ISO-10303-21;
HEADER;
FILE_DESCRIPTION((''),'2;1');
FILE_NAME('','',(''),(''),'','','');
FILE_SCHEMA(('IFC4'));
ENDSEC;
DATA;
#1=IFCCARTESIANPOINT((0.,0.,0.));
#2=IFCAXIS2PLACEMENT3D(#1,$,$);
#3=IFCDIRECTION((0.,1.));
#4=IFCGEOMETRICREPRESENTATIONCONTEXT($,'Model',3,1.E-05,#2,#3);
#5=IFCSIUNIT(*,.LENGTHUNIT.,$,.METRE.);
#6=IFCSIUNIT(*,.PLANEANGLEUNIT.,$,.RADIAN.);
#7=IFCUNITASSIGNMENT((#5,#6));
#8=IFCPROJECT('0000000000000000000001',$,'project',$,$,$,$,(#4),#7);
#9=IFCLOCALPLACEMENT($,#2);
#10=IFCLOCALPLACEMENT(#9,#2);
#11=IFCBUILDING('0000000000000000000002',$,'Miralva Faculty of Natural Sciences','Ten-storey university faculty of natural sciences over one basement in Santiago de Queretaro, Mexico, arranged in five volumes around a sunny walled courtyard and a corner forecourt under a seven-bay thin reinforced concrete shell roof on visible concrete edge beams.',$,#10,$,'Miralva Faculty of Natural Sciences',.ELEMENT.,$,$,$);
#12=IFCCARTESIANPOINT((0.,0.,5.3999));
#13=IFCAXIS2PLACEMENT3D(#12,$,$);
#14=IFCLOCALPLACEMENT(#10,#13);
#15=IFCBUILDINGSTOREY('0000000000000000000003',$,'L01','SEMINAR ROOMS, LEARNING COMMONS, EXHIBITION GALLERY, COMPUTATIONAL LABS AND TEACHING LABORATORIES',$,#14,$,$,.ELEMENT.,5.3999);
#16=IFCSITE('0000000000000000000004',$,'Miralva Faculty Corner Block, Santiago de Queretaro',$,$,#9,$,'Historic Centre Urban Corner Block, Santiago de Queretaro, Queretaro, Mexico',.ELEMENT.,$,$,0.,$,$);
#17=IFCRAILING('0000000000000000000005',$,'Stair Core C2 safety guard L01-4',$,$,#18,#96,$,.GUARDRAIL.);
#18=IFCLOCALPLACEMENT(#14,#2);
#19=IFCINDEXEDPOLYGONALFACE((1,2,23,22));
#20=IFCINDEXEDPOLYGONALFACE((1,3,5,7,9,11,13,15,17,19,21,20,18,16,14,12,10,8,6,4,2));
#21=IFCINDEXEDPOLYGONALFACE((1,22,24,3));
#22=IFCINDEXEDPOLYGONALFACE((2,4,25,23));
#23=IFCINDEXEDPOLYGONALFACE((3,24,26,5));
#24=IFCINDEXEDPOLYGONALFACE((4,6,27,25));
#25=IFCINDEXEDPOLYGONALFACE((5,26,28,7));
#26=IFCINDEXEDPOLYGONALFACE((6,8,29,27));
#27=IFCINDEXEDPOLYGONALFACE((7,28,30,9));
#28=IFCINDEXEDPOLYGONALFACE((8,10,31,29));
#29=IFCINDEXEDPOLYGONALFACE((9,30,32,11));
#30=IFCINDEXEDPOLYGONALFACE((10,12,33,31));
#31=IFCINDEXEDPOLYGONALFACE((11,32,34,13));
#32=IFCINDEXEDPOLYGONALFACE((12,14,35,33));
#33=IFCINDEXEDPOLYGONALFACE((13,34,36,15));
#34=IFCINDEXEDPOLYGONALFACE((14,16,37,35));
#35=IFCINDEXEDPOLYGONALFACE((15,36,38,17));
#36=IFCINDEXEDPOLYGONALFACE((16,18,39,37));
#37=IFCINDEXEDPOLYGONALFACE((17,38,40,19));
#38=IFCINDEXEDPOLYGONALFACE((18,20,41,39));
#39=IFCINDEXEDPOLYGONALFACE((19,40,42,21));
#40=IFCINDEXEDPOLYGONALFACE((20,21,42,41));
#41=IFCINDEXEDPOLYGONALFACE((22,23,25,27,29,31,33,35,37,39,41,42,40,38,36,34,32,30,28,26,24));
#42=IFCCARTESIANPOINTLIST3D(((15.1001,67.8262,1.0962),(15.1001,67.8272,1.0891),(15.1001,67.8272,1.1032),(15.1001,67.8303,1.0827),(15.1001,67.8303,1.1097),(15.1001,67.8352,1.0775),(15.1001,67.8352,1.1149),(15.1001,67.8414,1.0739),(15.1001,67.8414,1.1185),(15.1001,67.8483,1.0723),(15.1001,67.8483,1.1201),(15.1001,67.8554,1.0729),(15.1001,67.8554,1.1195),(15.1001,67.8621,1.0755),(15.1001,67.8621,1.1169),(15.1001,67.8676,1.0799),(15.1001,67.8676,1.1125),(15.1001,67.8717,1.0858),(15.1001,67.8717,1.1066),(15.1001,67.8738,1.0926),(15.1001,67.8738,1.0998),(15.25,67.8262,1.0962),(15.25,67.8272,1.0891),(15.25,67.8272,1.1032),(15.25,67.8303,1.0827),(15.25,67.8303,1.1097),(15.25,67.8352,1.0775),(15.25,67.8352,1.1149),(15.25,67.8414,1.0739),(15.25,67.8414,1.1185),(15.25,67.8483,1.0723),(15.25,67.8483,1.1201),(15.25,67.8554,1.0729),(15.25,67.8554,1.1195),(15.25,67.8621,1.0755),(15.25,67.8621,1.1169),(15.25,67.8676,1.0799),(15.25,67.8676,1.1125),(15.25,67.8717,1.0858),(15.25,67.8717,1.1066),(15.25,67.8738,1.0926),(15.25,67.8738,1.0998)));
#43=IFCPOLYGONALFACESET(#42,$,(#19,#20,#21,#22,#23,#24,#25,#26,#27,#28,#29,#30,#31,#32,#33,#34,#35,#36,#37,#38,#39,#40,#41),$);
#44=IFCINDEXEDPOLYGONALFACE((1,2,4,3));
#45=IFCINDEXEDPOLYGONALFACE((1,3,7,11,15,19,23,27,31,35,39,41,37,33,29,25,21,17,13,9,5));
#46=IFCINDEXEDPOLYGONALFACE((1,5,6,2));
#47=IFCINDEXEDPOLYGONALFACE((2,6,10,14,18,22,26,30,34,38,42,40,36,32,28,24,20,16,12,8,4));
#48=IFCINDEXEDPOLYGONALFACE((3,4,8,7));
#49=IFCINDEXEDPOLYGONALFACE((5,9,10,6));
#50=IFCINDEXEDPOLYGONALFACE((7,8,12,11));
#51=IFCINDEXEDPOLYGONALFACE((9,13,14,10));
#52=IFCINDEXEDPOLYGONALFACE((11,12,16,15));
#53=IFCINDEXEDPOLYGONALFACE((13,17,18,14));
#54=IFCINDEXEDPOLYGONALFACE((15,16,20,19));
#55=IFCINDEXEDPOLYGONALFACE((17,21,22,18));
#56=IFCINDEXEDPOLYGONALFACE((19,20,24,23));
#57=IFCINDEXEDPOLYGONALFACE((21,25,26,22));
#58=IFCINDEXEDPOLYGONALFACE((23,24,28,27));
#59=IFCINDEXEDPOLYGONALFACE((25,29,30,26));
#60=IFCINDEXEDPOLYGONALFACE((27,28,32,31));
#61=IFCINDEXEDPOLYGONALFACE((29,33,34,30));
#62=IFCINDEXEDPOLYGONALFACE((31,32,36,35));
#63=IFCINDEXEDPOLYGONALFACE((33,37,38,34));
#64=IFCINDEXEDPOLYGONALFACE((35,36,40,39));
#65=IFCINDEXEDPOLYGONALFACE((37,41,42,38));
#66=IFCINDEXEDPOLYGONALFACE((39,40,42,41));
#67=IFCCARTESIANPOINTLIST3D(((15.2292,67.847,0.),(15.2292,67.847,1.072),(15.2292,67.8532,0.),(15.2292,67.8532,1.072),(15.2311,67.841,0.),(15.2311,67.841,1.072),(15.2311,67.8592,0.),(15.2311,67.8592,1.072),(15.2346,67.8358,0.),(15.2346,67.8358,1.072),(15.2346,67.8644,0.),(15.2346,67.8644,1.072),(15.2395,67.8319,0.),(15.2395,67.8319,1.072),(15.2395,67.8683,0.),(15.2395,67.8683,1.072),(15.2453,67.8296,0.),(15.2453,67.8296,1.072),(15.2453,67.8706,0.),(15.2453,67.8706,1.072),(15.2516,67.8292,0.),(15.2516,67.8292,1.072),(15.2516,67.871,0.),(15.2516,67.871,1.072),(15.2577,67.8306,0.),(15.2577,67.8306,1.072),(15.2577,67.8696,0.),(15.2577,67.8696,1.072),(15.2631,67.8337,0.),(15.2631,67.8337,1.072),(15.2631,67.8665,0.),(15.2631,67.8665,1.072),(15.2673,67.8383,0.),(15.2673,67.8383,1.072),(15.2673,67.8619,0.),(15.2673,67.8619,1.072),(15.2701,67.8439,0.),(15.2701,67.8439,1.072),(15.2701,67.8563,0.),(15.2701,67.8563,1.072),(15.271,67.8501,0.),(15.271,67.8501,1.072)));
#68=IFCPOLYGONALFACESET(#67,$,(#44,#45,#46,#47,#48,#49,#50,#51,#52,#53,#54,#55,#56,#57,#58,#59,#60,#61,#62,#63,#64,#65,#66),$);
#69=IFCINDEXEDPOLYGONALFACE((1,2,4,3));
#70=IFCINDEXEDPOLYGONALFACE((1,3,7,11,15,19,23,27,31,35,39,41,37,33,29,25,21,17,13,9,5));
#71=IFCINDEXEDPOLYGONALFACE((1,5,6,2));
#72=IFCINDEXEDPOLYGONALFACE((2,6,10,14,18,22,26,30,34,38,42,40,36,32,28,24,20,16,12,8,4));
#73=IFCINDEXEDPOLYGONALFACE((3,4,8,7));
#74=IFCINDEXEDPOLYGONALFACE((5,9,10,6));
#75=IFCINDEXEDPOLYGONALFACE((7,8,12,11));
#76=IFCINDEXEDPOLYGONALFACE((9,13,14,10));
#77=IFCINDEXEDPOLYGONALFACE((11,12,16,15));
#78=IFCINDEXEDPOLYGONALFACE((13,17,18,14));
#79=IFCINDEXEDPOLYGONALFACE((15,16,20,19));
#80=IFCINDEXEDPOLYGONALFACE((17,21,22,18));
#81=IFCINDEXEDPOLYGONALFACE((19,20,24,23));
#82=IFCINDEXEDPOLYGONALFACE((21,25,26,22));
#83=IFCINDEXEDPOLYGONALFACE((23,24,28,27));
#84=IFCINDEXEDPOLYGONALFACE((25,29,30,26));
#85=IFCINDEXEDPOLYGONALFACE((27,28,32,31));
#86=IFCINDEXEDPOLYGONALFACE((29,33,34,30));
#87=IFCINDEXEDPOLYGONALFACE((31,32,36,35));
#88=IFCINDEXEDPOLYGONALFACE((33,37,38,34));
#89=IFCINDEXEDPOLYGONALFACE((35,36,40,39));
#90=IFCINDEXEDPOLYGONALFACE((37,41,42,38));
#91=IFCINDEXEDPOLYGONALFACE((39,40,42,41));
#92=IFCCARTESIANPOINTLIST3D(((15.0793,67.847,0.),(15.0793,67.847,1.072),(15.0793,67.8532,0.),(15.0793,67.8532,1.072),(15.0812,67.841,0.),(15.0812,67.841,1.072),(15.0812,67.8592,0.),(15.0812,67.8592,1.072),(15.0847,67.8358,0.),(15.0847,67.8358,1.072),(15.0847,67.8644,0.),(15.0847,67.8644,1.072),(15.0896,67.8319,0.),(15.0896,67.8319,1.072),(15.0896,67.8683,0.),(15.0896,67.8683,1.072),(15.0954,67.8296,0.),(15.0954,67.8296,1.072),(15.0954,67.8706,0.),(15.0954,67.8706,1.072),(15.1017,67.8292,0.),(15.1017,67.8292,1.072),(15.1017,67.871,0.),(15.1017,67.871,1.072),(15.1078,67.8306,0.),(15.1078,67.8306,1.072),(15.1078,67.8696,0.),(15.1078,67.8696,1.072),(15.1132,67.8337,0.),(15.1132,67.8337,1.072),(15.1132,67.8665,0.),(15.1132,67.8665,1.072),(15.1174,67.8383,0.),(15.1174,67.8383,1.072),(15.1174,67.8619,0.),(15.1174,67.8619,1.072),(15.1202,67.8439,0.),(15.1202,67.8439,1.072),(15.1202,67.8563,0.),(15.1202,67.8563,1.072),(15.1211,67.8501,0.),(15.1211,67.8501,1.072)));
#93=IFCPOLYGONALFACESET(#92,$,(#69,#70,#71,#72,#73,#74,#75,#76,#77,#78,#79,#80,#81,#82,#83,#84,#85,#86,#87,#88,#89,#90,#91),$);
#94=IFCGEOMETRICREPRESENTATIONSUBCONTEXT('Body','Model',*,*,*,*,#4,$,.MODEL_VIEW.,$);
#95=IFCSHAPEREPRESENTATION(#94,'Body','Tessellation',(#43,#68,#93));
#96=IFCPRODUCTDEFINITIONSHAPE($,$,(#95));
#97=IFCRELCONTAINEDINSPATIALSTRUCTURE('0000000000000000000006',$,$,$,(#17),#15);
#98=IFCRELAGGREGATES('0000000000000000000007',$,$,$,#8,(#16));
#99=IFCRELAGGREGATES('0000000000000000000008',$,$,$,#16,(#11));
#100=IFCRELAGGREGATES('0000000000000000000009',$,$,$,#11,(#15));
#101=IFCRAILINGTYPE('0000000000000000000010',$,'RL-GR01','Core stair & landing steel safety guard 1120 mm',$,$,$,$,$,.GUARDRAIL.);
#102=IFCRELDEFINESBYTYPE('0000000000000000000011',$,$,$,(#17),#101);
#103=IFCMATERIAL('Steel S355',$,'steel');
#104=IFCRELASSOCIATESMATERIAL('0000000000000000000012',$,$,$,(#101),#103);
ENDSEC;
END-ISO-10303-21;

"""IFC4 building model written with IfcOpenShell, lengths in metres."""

from ifc_helpers import new_model, si_unit, direction, frame, origin, origin_2d, place, context, subcontext, project, spatial, circle, extrude, material, type_object, element, save


model = new_model("IFC4")

# Units and contexts
model_context = context("Model", 3, precision=1e-05, world=origin(), true_north=direction((0.0, 1.0)))
body_context = subcontext(model_context, "Body", "Model", "MODEL_VIEW")
ifc_project = project(units=[si_unit("LENGTHUNIT", "METRE"), si_unit("PLANEANGLEUNIT", "RADIAN")], contexts=[model_context])

# Site, building, storey
site_placement = place(None, origin())
site = spatial("IfcSite", under=ifc_project, at=site_placement, Name="Miralva Faculty Corner Block, Santiago de Queretaro", LongName="Historic Centre Urban Corner Block, Santiago de Queretaro, Queretaro, Mexico", CompositionType="ELEMENT", RefElevation=0.0)
building_placement = place(site_placement, origin())
building = spatial("IfcBuilding", under=site, at=building_placement, Name="Miralva Faculty of Natural Sciences", Description="Ten-storey university faculty of natural sciences over one basement in Santiago de Queretaro, Mexico, arranged in five volumes around a sunny walled courtyard and a corner forecourt under a seven-bay thin reinforced concrete shell roof on visible concrete edge beams.", LongName="Miralva Faculty of Natural Sciences", CompositionType="ELEMENT")
storey_placement = place(building_placement, frame((0.0, 0.0, 5.3999)))
storey = spatial("IfcBuildingStorey", under=building, at=storey_placement, Name="L01", Description="SEMINAR ROOMS, LEARNING COMMONS, EXHIBITION GALLERY, COMPUTATIONAL LABS AND TEACHING LABORATORIES", CompositionType="ELEMENT", Elevation=5.3999)

# Railing
ifc_material_1 = material(Name="Steel S355", Category="steel")
railing_type_1 = type_object("IfcRailingType", Name="RL-GR01", Description="Core stair & landing steel safety guard 1120 mm", PredefinedType="GUARDRAIL", material=ifc_material_1)
railing_1_placement = place(storey_placement, frame((15.25, 67.8501, 0.0)))
element("IfcRailing", 1, at=railing_1_placement, inside=storey, type_object=railing_type_1, Name="Stair Core C2 safety guard L01-4", PredefinedType="GUARDRAIL", context=body_context, shape_type="SweptSolid", body=[
    extrude(circle(Radius=0.0239, at=origin_2d()), frame((0.0, 0.0, 1.0962), z_axis=(-1.0, 0.0, 0.0), x_axis=(0.0, -1.0, 0.0)), (0.0, 0.0, 1.0), 0.1499),
    extrude(circle(Radius=0.021, at=origin_2d()), origin(), (0.0, 0.0, 1.0), 1.072),
    extrude(circle(Radius=0.021, at=origin_2d()), frame((-0.1499, 0.0, 0.0)), (0.0, 0.0, 1.0), 1.072),
])

save(model, "model.ifc")
